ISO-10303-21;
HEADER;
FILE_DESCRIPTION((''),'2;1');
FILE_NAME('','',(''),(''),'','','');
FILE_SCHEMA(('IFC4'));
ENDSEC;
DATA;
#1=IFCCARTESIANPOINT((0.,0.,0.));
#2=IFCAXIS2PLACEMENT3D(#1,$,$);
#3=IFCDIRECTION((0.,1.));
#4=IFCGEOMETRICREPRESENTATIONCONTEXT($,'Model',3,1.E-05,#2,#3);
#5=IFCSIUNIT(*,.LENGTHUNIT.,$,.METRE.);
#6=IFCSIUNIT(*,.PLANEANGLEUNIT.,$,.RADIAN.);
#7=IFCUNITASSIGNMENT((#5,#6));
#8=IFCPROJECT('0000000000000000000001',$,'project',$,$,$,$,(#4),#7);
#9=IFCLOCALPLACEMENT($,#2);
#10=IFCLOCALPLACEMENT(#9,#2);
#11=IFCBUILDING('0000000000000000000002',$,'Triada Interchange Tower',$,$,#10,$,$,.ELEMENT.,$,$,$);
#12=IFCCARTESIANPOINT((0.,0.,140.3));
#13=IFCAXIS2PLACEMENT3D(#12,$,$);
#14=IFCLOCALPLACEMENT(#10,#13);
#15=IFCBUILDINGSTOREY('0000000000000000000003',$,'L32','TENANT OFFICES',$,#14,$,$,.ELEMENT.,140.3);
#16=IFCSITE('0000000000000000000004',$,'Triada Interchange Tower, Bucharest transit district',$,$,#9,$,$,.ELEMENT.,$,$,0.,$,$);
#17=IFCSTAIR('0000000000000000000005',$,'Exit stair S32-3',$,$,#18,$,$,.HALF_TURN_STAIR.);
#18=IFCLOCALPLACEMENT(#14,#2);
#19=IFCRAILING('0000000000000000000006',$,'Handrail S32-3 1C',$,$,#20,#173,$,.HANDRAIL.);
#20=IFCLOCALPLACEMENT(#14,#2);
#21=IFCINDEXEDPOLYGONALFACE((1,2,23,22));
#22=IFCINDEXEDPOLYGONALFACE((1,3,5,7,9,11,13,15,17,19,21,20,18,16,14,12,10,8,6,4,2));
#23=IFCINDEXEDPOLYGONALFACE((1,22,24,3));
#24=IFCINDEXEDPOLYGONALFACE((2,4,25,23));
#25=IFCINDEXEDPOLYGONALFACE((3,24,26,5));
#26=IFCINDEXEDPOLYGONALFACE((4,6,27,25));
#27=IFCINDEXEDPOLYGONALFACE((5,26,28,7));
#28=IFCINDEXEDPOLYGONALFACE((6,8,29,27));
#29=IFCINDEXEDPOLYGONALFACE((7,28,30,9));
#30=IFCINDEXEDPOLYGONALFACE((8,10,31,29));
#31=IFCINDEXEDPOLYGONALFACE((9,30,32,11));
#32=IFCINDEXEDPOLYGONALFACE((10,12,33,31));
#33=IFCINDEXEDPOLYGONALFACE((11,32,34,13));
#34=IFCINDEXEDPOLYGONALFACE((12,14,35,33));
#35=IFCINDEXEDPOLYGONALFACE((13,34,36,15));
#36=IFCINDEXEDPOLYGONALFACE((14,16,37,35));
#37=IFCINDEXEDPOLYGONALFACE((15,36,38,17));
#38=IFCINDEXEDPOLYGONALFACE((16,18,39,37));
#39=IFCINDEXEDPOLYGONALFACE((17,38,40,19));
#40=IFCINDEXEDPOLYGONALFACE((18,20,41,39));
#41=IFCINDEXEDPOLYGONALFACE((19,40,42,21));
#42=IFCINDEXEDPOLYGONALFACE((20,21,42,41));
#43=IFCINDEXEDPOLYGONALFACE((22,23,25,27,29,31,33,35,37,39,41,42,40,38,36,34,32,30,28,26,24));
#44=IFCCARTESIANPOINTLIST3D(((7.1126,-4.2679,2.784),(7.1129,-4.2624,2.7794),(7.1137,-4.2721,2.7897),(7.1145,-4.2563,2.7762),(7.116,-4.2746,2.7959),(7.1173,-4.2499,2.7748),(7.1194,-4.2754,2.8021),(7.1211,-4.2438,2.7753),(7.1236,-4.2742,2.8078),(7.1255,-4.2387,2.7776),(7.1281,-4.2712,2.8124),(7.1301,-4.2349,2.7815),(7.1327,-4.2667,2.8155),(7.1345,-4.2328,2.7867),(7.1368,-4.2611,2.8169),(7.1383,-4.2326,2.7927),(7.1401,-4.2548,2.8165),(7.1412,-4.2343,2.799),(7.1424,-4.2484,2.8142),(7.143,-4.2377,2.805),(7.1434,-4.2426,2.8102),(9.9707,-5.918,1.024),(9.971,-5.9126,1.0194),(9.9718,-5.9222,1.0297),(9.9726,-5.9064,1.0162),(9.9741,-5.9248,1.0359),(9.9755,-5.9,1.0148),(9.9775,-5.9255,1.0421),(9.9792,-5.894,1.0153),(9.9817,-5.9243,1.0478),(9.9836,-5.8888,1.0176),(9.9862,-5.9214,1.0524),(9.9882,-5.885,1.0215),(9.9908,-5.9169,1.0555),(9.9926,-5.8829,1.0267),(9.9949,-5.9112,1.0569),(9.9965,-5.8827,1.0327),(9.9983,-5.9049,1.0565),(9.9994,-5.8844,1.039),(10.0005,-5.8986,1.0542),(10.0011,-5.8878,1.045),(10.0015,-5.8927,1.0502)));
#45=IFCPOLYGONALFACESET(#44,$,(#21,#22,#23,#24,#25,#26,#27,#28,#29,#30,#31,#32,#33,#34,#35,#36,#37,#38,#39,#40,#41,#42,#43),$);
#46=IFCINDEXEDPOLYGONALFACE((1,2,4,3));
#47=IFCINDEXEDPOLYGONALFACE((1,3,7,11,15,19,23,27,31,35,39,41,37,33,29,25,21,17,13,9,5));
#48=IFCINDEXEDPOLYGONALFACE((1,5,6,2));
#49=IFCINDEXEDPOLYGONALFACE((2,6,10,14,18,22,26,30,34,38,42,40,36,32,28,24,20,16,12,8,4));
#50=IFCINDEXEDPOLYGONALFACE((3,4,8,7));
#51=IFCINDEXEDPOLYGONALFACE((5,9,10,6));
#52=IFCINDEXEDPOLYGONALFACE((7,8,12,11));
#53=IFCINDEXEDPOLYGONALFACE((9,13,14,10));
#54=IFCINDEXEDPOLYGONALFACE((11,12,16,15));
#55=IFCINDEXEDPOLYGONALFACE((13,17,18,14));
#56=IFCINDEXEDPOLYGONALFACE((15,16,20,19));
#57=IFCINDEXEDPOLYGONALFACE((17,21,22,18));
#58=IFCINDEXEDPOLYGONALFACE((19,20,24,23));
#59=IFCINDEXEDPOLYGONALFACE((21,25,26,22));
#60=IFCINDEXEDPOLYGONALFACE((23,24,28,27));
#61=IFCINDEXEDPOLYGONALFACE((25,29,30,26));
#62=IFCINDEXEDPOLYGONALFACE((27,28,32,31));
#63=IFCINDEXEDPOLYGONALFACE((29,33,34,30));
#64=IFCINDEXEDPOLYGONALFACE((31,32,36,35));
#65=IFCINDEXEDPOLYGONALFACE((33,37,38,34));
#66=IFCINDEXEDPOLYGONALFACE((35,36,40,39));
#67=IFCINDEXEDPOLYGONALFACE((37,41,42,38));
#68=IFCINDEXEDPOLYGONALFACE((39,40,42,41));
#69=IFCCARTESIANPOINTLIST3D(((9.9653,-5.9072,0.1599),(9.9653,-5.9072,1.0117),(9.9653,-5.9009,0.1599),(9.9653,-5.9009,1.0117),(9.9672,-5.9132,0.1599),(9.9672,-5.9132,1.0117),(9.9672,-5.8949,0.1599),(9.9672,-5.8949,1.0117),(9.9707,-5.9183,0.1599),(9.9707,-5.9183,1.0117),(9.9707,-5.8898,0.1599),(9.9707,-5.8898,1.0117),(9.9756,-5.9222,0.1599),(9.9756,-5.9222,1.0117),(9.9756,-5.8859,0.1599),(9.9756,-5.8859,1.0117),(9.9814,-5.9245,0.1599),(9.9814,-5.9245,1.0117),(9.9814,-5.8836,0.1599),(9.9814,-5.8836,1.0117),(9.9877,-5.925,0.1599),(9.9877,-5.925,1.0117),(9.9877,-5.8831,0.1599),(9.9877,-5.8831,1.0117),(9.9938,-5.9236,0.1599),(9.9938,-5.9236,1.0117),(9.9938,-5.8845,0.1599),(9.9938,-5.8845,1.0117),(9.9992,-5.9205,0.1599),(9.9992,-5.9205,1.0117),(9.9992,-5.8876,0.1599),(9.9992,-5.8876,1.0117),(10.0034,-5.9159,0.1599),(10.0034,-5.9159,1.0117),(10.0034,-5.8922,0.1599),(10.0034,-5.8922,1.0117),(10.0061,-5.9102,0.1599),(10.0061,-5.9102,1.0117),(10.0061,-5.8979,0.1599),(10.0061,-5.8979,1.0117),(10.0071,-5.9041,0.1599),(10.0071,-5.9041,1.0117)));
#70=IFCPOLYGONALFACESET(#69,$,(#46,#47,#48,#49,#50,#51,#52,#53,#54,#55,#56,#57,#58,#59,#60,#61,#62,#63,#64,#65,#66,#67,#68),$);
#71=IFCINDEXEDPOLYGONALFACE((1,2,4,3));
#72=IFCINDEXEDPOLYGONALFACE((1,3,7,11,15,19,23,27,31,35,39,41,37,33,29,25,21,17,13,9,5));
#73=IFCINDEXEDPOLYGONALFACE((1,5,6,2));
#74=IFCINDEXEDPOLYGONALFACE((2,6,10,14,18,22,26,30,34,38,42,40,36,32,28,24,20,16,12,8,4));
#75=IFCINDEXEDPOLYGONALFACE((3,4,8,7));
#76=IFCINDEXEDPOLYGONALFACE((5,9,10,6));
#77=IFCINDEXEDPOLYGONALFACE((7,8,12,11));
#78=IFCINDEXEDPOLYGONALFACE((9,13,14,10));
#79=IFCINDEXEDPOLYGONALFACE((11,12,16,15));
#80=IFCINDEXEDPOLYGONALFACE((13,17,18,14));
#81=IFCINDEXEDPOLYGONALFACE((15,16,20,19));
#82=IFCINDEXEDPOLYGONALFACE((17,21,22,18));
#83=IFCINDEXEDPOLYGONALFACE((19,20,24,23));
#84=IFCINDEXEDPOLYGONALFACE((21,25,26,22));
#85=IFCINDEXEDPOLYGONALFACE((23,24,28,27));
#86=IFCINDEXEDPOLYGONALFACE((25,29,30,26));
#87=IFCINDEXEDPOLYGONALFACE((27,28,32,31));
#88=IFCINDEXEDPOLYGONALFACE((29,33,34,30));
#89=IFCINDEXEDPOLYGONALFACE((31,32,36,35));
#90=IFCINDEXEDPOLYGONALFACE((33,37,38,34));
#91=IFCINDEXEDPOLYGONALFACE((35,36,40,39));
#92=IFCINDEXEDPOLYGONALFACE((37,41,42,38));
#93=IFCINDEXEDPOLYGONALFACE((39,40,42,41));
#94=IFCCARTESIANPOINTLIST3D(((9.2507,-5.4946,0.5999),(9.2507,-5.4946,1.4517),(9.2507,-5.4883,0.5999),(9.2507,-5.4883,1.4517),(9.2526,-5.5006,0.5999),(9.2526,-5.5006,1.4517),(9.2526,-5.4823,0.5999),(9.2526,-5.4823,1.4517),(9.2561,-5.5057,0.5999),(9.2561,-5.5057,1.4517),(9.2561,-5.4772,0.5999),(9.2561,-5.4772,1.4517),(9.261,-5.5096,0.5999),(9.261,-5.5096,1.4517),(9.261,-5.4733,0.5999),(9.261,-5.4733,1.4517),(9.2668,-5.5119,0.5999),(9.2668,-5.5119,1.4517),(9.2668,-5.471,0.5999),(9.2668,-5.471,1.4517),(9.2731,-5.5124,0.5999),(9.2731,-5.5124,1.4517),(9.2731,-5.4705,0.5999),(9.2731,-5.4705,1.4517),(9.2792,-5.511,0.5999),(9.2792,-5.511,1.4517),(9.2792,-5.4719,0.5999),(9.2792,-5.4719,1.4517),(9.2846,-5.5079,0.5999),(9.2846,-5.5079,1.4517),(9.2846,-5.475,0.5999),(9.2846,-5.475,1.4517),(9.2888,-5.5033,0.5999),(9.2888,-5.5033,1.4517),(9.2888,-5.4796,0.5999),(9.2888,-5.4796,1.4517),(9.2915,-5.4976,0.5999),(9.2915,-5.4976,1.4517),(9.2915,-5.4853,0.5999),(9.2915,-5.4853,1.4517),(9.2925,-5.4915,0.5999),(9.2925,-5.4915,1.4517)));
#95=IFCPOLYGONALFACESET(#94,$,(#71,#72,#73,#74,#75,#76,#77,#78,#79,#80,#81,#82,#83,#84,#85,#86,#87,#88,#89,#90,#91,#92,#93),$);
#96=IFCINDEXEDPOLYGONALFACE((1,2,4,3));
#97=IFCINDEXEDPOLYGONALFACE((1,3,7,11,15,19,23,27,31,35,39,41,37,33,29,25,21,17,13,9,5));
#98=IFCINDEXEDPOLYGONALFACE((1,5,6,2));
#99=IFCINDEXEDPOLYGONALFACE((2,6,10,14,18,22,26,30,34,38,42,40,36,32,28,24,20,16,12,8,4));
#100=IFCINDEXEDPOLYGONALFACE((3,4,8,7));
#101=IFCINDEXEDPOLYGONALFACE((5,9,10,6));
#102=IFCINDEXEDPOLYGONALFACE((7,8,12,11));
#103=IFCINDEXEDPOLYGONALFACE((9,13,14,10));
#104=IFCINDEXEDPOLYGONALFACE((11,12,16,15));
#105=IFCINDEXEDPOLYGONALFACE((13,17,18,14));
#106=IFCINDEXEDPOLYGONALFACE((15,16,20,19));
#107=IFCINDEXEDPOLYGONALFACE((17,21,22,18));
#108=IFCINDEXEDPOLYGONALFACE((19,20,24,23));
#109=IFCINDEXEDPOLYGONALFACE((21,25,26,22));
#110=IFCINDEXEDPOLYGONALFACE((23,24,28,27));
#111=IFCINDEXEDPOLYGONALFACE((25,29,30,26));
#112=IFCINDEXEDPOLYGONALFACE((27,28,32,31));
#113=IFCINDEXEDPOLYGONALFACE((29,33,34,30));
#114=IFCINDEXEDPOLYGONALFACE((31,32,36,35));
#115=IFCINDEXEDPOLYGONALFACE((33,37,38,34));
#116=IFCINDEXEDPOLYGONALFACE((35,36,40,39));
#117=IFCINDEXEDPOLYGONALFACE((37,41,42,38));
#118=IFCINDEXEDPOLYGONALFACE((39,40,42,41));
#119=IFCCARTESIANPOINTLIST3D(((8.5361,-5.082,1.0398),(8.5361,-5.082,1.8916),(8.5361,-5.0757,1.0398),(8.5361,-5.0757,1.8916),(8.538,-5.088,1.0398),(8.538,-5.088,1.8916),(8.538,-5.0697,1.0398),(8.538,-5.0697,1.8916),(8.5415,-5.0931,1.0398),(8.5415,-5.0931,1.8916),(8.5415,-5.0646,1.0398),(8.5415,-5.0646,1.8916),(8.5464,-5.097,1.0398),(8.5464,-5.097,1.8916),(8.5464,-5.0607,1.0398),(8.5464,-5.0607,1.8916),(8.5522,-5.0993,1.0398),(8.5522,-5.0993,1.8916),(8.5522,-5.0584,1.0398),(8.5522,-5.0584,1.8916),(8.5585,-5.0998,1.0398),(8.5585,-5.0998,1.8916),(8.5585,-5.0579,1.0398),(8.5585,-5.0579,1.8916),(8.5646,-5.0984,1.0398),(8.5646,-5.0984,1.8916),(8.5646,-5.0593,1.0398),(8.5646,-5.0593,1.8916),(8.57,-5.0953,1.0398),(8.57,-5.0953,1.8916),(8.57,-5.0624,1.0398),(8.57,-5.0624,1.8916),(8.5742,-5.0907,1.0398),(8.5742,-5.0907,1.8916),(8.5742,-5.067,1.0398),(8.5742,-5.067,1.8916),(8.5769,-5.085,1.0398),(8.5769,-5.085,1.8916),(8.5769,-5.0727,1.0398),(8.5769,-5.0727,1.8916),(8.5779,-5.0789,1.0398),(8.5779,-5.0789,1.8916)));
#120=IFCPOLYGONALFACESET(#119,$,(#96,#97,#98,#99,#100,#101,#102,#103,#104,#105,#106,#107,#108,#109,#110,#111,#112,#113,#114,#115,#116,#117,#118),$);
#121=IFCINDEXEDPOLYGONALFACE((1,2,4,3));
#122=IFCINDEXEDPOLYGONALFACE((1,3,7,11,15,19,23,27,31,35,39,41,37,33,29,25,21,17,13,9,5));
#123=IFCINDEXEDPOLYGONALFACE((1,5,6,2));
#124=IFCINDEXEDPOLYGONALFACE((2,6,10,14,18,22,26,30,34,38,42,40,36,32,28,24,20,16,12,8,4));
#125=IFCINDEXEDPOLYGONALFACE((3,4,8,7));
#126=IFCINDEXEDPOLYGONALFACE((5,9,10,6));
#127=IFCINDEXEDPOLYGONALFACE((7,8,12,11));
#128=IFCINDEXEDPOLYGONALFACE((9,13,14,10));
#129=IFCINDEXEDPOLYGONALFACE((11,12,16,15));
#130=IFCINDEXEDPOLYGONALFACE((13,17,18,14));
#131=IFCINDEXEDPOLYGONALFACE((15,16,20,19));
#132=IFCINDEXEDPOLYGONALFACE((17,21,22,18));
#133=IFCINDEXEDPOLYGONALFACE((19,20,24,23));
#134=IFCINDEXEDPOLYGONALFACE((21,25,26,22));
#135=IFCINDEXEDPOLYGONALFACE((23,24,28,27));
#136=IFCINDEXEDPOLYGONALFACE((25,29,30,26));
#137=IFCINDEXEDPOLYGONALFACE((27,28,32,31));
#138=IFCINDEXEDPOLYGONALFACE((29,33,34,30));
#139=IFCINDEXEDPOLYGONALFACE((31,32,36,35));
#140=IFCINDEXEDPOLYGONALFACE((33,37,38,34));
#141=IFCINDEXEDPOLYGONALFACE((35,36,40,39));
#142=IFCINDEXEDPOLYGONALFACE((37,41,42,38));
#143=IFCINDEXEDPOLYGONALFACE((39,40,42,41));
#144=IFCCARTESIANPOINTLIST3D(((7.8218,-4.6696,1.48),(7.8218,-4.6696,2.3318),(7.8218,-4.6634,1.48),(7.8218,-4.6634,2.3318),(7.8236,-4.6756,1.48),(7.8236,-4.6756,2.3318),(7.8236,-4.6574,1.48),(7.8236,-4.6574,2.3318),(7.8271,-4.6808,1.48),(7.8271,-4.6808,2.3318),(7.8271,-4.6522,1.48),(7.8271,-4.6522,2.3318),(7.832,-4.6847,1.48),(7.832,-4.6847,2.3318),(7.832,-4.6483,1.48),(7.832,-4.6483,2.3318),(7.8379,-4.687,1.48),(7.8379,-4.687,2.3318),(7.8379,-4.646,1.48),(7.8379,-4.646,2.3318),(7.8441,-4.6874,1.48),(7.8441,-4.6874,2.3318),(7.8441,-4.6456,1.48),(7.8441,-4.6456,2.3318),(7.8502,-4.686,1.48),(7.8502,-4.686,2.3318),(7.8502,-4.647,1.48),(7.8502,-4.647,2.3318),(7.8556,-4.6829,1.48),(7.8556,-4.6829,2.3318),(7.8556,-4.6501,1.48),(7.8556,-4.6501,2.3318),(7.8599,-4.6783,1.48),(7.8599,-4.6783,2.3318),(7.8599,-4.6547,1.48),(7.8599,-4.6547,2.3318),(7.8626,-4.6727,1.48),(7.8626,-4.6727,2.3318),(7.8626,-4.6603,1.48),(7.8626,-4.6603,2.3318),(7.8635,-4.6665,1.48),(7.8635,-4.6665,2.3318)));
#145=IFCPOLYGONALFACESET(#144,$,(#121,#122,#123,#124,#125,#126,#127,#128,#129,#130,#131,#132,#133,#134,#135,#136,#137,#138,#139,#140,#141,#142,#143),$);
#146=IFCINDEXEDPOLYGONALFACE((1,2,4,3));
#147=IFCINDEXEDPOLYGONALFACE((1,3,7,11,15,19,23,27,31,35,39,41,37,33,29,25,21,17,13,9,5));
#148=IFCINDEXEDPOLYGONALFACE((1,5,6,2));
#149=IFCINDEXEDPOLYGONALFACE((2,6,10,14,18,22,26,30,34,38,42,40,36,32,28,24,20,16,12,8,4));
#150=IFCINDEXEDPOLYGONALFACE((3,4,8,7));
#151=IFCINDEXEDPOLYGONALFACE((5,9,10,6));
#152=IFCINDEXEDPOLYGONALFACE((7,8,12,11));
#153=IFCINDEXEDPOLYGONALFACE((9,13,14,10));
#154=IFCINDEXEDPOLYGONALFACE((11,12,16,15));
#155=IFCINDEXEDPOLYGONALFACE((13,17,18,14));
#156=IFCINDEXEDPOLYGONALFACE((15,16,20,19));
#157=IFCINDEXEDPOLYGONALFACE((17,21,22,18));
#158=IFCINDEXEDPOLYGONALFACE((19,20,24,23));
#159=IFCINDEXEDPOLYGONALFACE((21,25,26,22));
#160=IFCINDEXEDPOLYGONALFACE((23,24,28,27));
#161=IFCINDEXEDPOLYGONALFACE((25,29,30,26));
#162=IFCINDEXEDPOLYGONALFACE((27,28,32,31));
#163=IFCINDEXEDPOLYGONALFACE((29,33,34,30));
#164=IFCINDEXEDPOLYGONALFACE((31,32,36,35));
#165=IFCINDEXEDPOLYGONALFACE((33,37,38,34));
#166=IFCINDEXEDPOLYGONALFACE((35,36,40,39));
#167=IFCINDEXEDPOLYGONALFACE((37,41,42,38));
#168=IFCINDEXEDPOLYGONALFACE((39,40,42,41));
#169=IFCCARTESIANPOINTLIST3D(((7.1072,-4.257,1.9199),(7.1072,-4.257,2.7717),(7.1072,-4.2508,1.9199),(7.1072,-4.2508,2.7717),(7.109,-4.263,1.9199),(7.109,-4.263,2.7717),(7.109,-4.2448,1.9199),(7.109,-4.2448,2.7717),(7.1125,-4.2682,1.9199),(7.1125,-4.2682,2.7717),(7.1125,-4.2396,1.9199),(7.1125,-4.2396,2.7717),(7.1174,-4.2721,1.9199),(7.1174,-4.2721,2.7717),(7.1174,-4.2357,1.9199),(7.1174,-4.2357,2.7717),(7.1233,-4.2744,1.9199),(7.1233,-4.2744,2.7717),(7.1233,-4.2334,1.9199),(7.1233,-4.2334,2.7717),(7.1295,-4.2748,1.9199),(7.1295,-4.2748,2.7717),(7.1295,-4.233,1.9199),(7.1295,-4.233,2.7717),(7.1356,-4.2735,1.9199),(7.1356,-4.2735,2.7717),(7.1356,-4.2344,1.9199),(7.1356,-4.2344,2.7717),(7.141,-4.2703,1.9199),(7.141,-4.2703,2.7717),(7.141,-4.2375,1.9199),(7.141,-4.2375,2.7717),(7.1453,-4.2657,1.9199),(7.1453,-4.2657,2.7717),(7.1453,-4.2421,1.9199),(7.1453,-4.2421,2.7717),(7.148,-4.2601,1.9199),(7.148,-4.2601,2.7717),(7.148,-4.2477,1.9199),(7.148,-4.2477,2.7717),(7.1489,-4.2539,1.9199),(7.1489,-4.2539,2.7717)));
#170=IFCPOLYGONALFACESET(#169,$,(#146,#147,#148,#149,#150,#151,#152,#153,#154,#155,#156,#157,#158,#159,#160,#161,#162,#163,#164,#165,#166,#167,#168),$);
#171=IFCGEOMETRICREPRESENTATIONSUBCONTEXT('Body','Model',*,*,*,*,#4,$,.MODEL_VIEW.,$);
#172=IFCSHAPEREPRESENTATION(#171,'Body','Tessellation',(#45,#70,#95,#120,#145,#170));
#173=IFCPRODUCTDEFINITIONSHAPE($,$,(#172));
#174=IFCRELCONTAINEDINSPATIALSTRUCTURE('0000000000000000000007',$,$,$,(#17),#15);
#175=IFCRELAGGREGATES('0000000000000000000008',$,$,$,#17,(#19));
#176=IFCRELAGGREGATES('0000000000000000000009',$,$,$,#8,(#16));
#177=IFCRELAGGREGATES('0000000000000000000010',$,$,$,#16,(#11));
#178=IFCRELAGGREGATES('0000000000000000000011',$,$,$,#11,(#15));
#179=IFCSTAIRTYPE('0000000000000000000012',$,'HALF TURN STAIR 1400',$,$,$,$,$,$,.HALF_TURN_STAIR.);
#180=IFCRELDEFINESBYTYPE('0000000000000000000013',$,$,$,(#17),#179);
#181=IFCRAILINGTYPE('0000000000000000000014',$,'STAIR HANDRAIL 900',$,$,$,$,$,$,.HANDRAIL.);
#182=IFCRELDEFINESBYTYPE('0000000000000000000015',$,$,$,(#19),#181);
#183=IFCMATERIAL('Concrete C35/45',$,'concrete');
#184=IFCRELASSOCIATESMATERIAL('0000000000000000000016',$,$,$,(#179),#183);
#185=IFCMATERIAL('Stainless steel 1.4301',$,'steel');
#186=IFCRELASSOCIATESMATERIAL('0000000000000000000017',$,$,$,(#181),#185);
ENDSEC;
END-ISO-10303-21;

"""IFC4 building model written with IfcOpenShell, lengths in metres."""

from ifc_helpers import new_model, si_unit, direction, frame, origin, origin_2d, place, context, subcontext, project, spatial, circle, extrude, material, type_object, element, aggregate, save


model = new_model("IFC4")

# Units and contexts
model_context = context("Model", 3, precision=1e-05, world=origin(), true_north=direction((0.0, 1.0)))
body_context = subcontext(model_context, "Body", "Model", "MODEL_VIEW")
ifc_project = project(units=[si_unit("LENGTHUNIT", "METRE"), si_unit("PLANEANGLEUNIT", "RADIAN")], contexts=[model_context])

# Site, building, storey
site_placement = place(None, origin())
site = spatial("IfcSite", under=ifc_project, at=site_placement, Name="Triada Interchange Tower, Bucharest transit district", CompositionType="ELEMENT", RefElevation=0.0)
building_placement = place(site_placement, origin())
building = spatial("IfcBuilding", under=site, at=building_placement, Name="Triada Interchange Tower", CompositionType="ELEMENT")
storey_placement = place(building_placement, frame((0.0, 0.0, 140.3)))
storey = spatial("IfcBuildingStorey", under=building, at=storey_placement, Name="L32", Description="TENANT OFFICES", CompositionType="ELEMENT", Elevation=140.3)

# Stair
ifc_material_1 = material(Name="Concrete C35/45", Category="concrete")
stair_type = type_object("IfcStairType", Name="HALF TURN STAIR 1400", PredefinedType="HALF_TURN_STAIR", material=ifc_material_1)
stair_placement = place(storey_placement, origin())
stair = element("IfcStair", 1, at=stair_placement, inside=storey, type_object=stair_type, Name="Exit stair S32-3", PredefinedType="HALF_TURN_STAIR")

# Railing
ifc_material_2 = material(Name="Stainless steel 1.4301", Category="steel")
railing_type = type_object("IfcRailingType", Name="STAIR HANDRAIL 900", PredefinedType="HANDRAIL", material=ifc_material_2)
railing_1_placement = place(storey_placement, frame((9.9861, -5.9041, 0.1599)))
railing_1 = element("IfcRailing", 2, at=railing_1_placement, type_object=railing_type, Name="Handrail S32-3 1C", PredefinedType="HANDRAIL", context=body_context, shape_type="SweptSolid", body=[
    extrude(circle(Radius=0.0239, at=origin_2d()), frame((0.0, 0.0, 0.876), z_axis=(-0.764156, 0.441183, 0.470556), x_axis=(-0.499998, -0.866027, 0.0)), (0.0, 0.0, 1.0), 3.7402),
    extrude(circle(Radius=0.021, at=origin_2d()), origin(), (0.0, 0.0, 1.0), 0.8518),
    extrude(circle(Radius=0.021, at=origin_2d()), frame((-0.7146, 0.4126, 0.4399)), (0.0, 0.0, 1.0), 0.8518),
    extrude(circle(Radius=0.021, at=origin_2d()), frame((-1.4292, 0.8252, 0.8799)), (0.0, 0.0, 1.0), 0.8518),
    extrude(circle(Radius=0.021, at=origin_2d()), frame((-2.1436, 1.2375, 1.3201)), (0.0, 0.0, 1.0), 0.8518),
    extrude(circle(Radius=0.021, at=origin_2d()), frame((-2.8582, 1.6501, 1.76)), (0.0, 0.0, 1.0), 0.8518),
])
aggregate(stair, [railing_1])

save(model, "model.ifc")
